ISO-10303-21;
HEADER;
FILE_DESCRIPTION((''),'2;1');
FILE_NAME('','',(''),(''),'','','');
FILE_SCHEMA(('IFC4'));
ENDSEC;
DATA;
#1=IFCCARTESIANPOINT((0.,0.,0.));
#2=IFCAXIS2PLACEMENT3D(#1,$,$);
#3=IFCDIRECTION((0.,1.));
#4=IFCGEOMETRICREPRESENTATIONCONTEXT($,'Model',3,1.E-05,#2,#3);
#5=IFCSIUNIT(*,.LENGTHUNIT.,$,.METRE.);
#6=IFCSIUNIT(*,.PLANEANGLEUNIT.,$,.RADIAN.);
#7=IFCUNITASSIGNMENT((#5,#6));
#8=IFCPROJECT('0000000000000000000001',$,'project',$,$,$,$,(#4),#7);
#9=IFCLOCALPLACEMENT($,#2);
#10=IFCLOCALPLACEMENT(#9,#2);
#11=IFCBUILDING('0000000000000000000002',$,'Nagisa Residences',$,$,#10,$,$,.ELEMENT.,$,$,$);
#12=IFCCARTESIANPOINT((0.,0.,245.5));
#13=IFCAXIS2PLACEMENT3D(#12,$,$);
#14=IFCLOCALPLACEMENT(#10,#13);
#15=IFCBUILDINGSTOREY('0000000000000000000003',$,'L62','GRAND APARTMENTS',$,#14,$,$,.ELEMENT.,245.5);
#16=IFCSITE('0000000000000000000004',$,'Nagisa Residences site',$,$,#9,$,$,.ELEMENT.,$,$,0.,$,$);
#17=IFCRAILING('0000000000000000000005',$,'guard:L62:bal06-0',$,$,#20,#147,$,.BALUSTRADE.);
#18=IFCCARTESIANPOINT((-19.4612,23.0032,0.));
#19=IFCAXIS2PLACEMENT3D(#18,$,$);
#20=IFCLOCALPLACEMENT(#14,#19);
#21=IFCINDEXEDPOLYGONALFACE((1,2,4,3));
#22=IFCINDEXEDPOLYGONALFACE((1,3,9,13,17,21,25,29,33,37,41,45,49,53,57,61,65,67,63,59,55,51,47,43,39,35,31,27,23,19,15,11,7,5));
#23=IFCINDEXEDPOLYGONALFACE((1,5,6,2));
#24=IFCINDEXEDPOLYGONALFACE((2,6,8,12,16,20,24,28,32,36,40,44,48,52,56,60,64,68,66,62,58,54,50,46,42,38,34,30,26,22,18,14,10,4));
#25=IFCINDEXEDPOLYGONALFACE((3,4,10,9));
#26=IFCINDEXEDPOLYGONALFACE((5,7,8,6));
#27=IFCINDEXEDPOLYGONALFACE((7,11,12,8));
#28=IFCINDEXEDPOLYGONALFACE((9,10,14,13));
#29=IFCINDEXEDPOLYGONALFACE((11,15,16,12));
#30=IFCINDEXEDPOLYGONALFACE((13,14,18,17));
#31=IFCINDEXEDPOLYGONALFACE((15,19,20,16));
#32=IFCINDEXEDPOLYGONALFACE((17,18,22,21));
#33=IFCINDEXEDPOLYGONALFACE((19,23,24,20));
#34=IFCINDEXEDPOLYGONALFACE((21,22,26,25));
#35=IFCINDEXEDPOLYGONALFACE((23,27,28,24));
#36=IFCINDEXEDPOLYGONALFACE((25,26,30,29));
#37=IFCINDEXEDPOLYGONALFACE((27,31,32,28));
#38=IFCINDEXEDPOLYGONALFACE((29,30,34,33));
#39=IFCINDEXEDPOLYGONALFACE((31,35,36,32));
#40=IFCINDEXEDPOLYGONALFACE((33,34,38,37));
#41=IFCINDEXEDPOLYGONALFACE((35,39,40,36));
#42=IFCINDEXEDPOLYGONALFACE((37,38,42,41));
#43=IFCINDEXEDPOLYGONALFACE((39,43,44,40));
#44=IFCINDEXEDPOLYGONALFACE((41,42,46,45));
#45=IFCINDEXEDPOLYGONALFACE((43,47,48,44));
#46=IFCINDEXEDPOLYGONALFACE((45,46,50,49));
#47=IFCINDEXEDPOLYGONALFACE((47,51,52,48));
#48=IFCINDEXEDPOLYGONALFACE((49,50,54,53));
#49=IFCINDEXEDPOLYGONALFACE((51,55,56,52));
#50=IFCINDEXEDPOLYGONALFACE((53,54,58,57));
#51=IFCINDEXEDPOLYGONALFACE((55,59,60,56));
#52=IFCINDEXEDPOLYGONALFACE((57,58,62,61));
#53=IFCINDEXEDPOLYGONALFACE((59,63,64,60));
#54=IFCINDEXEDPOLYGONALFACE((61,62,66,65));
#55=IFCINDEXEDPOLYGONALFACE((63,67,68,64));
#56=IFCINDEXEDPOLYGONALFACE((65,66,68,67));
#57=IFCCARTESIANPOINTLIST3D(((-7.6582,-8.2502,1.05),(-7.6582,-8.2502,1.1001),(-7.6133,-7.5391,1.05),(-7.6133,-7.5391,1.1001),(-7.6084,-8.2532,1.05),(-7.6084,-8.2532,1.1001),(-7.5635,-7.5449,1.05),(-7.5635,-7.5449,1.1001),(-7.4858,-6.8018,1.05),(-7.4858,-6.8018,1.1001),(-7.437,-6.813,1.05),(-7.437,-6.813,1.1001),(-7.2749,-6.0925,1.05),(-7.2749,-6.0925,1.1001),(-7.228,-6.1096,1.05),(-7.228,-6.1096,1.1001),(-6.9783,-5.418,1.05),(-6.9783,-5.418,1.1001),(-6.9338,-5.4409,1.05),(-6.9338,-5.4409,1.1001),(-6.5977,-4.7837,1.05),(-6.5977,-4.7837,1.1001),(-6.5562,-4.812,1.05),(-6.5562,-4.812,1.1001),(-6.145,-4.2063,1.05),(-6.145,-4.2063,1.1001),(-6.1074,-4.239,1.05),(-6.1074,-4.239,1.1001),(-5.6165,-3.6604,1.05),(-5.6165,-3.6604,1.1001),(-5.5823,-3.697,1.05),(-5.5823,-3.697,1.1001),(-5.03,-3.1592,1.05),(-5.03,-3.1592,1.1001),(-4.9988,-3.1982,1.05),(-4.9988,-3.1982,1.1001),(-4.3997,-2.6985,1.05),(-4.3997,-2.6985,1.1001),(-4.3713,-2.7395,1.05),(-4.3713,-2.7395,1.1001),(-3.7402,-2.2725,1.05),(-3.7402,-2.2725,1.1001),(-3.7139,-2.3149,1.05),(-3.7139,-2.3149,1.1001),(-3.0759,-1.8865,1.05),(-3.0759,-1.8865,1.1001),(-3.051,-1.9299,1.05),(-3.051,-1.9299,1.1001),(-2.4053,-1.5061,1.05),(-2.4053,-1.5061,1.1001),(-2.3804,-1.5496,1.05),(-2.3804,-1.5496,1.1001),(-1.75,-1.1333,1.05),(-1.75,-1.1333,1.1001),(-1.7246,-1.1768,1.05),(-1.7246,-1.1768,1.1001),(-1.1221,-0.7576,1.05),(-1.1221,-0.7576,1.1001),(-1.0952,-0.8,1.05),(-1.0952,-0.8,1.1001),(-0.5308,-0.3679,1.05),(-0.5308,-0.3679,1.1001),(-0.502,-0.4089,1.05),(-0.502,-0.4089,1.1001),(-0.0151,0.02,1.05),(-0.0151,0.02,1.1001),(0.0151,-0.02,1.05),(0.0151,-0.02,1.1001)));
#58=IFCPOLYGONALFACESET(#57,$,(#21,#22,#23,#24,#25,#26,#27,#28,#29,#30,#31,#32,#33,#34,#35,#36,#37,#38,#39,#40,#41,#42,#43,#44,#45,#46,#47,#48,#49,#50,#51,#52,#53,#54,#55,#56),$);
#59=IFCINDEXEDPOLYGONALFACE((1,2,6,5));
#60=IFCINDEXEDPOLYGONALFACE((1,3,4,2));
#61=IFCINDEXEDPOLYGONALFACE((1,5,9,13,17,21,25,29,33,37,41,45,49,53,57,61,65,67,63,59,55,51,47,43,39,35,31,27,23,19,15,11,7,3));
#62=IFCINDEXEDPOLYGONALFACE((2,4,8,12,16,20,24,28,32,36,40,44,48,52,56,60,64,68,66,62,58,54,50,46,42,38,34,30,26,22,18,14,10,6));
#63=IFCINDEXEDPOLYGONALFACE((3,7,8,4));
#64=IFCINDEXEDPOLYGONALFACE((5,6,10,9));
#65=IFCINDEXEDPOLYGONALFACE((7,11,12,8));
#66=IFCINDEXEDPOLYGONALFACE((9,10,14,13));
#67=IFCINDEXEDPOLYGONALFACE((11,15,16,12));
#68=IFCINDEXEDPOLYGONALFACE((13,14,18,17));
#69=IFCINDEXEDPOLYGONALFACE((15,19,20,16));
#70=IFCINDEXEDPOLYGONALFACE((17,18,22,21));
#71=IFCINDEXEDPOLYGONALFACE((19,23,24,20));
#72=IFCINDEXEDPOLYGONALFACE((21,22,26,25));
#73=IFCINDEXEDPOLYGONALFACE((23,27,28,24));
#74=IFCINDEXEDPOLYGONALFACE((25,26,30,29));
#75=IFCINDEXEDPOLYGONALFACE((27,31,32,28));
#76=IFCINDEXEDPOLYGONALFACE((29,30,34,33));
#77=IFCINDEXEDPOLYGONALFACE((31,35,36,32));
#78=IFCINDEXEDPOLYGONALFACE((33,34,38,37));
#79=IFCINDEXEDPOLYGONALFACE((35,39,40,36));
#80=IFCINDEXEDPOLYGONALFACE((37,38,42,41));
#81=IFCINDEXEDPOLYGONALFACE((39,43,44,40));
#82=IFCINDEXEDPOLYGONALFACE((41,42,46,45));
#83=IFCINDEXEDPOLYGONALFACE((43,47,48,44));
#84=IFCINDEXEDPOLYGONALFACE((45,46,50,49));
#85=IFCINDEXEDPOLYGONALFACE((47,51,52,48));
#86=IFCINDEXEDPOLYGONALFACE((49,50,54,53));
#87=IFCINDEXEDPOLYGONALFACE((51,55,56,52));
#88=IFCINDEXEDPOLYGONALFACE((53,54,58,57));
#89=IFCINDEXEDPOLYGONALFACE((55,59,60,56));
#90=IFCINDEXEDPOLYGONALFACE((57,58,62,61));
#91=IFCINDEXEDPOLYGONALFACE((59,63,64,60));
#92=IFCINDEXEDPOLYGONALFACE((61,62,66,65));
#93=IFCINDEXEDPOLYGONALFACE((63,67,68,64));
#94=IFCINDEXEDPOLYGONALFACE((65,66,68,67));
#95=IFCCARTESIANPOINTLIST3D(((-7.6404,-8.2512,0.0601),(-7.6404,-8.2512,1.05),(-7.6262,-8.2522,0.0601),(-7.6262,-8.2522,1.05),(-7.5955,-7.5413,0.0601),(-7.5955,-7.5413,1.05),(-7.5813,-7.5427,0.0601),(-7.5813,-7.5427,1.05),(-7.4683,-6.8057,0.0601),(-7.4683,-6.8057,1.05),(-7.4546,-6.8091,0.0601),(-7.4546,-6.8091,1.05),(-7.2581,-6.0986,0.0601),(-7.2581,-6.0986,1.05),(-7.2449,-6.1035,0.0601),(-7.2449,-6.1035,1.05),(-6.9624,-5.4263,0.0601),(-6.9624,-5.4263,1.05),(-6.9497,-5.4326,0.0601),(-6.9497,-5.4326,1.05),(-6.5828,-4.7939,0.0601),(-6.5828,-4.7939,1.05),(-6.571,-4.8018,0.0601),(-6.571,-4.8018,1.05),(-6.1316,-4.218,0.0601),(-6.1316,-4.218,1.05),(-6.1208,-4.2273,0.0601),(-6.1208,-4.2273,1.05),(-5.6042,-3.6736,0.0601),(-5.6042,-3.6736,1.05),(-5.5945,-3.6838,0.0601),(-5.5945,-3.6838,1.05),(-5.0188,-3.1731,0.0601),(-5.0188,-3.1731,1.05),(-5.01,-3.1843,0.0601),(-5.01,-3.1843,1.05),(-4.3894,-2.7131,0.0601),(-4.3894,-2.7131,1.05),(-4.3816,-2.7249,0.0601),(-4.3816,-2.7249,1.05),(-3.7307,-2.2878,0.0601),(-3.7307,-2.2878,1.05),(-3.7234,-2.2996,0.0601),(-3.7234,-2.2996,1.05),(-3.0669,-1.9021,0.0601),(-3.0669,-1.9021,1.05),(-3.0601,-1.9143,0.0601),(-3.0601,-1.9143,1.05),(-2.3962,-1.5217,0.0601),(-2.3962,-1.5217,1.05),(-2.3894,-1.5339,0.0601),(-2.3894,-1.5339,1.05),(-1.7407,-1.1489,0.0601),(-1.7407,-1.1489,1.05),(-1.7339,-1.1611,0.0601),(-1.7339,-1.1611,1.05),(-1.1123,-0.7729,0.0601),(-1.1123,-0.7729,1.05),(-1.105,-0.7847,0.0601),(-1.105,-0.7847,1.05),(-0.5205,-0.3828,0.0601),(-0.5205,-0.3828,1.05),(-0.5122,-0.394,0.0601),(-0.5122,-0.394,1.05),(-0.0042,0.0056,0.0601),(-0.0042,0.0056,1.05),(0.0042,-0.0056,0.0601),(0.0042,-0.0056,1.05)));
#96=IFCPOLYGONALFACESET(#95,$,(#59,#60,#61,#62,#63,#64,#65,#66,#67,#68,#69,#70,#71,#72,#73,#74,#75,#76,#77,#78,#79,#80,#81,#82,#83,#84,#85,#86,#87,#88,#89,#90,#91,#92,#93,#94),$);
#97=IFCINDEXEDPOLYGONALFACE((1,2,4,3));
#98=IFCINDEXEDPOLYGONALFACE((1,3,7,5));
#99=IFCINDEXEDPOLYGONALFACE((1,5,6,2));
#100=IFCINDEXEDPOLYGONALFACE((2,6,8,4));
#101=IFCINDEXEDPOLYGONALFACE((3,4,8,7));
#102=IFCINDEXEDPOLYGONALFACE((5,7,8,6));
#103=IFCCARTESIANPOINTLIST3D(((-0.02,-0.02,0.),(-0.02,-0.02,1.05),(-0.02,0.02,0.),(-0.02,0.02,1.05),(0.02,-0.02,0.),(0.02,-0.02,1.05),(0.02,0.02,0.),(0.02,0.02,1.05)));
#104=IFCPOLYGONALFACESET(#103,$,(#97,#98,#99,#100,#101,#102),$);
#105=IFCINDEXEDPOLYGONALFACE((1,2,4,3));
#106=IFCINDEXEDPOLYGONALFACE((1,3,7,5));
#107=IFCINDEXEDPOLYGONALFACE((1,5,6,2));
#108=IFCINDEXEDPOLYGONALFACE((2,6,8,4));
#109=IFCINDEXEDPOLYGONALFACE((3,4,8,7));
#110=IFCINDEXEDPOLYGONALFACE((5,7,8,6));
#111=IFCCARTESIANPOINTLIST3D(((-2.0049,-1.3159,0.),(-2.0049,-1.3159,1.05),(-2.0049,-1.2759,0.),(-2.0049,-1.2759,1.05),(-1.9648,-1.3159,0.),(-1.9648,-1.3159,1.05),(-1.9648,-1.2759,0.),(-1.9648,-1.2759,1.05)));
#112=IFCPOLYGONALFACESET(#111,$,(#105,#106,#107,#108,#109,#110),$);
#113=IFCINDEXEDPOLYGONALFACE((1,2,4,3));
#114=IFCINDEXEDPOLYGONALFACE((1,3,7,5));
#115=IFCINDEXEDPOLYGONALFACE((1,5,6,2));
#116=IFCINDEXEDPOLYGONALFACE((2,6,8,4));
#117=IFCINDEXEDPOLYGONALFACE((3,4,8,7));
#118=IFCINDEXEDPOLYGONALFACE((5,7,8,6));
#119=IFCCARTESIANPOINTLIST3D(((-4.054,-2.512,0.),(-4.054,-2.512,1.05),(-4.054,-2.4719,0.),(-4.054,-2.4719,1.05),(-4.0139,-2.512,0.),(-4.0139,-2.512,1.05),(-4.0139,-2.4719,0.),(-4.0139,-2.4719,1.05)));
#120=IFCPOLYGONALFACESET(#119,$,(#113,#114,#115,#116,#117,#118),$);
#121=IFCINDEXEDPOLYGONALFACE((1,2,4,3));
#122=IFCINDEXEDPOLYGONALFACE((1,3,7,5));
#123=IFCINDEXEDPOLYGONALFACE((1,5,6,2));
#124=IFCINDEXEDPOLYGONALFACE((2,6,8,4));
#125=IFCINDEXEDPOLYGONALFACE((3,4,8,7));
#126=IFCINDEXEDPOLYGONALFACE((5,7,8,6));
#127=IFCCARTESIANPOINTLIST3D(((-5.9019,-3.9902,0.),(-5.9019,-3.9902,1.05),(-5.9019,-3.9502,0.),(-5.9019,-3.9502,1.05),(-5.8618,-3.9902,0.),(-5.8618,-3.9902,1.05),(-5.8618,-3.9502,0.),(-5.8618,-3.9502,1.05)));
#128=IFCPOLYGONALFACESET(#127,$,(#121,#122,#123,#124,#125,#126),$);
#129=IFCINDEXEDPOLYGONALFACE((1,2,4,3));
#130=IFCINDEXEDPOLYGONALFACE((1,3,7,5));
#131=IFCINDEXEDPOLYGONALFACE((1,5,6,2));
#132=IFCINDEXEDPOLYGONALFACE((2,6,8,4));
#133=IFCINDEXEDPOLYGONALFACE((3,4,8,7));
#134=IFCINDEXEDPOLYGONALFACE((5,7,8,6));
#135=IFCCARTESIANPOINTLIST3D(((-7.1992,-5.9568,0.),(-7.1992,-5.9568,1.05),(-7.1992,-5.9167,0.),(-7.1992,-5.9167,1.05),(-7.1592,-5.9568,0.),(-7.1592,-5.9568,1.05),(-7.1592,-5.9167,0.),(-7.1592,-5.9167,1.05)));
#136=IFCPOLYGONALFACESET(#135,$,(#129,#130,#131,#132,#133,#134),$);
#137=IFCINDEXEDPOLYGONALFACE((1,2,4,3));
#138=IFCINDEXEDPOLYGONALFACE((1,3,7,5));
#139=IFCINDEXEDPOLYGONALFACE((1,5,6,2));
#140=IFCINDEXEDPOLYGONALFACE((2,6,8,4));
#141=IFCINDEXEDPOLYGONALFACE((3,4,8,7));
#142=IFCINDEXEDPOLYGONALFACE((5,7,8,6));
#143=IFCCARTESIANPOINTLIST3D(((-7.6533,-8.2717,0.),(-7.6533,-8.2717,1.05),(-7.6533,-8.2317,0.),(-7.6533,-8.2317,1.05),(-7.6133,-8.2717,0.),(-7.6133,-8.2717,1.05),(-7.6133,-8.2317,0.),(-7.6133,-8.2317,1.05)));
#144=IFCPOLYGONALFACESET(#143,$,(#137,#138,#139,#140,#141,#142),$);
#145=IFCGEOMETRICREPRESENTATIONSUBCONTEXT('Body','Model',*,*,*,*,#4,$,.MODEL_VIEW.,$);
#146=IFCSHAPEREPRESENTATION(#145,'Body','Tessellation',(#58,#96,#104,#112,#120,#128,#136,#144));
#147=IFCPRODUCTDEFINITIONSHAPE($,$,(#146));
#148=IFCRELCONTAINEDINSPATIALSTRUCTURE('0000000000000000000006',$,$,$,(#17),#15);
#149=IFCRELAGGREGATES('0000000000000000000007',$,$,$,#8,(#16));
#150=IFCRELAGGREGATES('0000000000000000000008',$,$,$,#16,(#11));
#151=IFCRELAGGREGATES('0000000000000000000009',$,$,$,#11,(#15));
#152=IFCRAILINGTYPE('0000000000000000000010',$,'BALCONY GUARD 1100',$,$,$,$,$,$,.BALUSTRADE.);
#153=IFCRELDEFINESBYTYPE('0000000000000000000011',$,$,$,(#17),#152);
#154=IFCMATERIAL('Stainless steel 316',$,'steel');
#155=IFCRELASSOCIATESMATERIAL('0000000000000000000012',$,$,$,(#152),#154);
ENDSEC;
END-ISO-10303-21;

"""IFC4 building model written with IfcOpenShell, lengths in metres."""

from ifc_helpers import new_model, si_unit, direction, frame, origin, origin_2d, place, context, subcontext, project, spatial, polyline, rectangle, outline, extrude, material, type_object, element, save


model = new_model("IFC4")

# Units and contexts
model_context = context("Model", 3, precision=1e-05, world=origin(), true_north=direction((0.0, 1.0)))
body_context = subcontext(model_context, "Body", "Model", "MODEL_VIEW")
ifc_project = project(units=[si_unit("LENGTHUNIT", "METRE"), si_unit("PLANEANGLEUNIT", "RADIAN")], contexts=[model_context])

# Site, building, storey
site_placement = place(None, origin())
site = spatial("IfcSite", under=ifc_project, at=site_placement, Name="Nagisa Residences site", CompositionType="ELEMENT", RefElevation=0.0)
building_placement = place(site_placement, origin())
building = spatial("IfcBuilding", under=site, at=building_placement, Name="Nagisa Residences", CompositionType="ELEMENT")
storey_placement = place(building_placement, frame((0.0, 0.0, 245.5)))
storey = spatial("IfcBuildingStorey", under=building, at=storey_placement, Name="L62", Description="GRAND APARTMENTS", CompositionType="ELEMENT", Elevation=245.5)

# Railing
ifc_material_1 = material(Name="Stainless steel 316", Category="steel")
railing_type = type_object("IfcRailingType", Name="BALCONY GUARD 1100", PredefinedType="BALUSTRADE", material=ifc_material_1)
railing_placement = place(storey_placement, frame((-19.4612, 23.0032, 0.0)))
element("IfcRailing", 1, at=railing_placement, inside=storey, type_object=railing_type, Name="guard:L62:bal06-0", PredefinedType="BALUSTRADE", context=body_context, shape_type="SweptSolid", body=[
    extrude(outline(polyline([(-0.502, -0.4089), (0.0151, -0.02), (-0.0151, 0.02), (-0.5308, -0.3679), (-1.1221, -0.7576), (-1.75, -1.1333), (-2.4053, -1.5061), (-3.0759, -1.8865), (-3.7402, -2.2725), (-4.3997, -2.6985), (-5.03, -3.1592), (-5.6165, -3.6604), (-6.145, -4.2063), (-6.5977, -4.7837), (-6.9783, -5.418), (-7.2749, -6.0925), (-7.4858, -6.8018), (-7.6133, -7.5391), (-7.6582, -8.2502), (-7.6084, -8.2532), (-7.5635, -7.5449), (-7.437, -6.813), (-7.228, -6.1096), (-6.9338, -5.4409), (-6.5562, -4.812), (-6.1074, -4.239), (-5.5823, -3.697), (-4.9988, -3.1982), (-4.3713, -2.7395), (-3.7139, -2.3149), (-3.051, -1.9299), (-2.3804, -1.5496), (-1.7246, -1.1768), (-1.0952, -0.8), (-0.502, -0.4089)])), frame((0.0, 0.0, 1.05)), (0.0, 0.0, 1.0), 0.05),
    extrude(outline(polyline([(-0.5122, -0.394), (0.0042, -0.0056), (-0.0042, 0.0056), (-0.5205, -0.3828), (-1.1123, -0.7729), (-1.7407, -1.1489), (-2.3962, -1.5217), (-3.0669, -1.9021), (-3.7307, -2.2878), (-4.3894, -2.7131), (-5.0188, -3.1731), (-5.6042, -3.6736), (-6.1316, -4.218), (-6.5828, -4.7939), (-6.9624, -5.4263), (-7.2581, -6.0986), (-7.4683, -6.8057), (-7.5955, -7.5413), (-7.6404, -8.2512), (-7.6262, -8.2522), (-7.5813, -7.5427), (-7.4546, -6.8091), (-7.2449, -6.1035), (-6.9497, -5.4326), (-6.571, -4.8018), (-6.1208, -4.2273), (-5.5945, -3.6838), (-5.01, -3.1843), (-4.3816, -2.7249), (-3.7234, -2.2996), (-3.0601, -1.9143), (-2.3894, -1.5339), (-1.7339, -1.1611), (-1.105, -0.7847), (-0.5122, -0.394)])), frame((0.0, 0.0, 0.0601)), (0.0, 0.0, 1.0), 0.99),
    extrude(rectangle(XDim=0.04, YDim=0.04, at=origin_2d()), origin(), (0.0, 0.0, 1.0), 1.05),
    extrude(rectangle(XDim=0.04, YDim=0.04, at=origin_2d()), frame((-1.9849, -1.2959, 0.0)), (0.0, 0.0, 1.0), 1.05),
    extrude(rectangle(XDim=0.04, YDim=0.04, at=origin_2d()), frame((-4.0339, -2.4919, 0.0)), (0.0, 0.0, 1.0), 1.05),
    extrude(rectangle(XDim=0.04, YDim=0.04, at=origin_2d()), frame((-5.8818, -3.9702, 0.0)), (0.0, 0.0, 1.0), 1.05),
    extrude(rectangle(XDim=0.04, YDim=0.04, at=origin_2d()), frame((-7.1792, -5.9368, 0.0)), (0.0, 0.0, 1.0), 1.05),
    extrude(rectangle(XDim=0.04, YDim=0.04, at=origin_2d()), frame((-7.6333, -8.2517, 0.0)), (0.0, 0.0, 1.0), 1.05),
])

save(model, "model.ifc")
